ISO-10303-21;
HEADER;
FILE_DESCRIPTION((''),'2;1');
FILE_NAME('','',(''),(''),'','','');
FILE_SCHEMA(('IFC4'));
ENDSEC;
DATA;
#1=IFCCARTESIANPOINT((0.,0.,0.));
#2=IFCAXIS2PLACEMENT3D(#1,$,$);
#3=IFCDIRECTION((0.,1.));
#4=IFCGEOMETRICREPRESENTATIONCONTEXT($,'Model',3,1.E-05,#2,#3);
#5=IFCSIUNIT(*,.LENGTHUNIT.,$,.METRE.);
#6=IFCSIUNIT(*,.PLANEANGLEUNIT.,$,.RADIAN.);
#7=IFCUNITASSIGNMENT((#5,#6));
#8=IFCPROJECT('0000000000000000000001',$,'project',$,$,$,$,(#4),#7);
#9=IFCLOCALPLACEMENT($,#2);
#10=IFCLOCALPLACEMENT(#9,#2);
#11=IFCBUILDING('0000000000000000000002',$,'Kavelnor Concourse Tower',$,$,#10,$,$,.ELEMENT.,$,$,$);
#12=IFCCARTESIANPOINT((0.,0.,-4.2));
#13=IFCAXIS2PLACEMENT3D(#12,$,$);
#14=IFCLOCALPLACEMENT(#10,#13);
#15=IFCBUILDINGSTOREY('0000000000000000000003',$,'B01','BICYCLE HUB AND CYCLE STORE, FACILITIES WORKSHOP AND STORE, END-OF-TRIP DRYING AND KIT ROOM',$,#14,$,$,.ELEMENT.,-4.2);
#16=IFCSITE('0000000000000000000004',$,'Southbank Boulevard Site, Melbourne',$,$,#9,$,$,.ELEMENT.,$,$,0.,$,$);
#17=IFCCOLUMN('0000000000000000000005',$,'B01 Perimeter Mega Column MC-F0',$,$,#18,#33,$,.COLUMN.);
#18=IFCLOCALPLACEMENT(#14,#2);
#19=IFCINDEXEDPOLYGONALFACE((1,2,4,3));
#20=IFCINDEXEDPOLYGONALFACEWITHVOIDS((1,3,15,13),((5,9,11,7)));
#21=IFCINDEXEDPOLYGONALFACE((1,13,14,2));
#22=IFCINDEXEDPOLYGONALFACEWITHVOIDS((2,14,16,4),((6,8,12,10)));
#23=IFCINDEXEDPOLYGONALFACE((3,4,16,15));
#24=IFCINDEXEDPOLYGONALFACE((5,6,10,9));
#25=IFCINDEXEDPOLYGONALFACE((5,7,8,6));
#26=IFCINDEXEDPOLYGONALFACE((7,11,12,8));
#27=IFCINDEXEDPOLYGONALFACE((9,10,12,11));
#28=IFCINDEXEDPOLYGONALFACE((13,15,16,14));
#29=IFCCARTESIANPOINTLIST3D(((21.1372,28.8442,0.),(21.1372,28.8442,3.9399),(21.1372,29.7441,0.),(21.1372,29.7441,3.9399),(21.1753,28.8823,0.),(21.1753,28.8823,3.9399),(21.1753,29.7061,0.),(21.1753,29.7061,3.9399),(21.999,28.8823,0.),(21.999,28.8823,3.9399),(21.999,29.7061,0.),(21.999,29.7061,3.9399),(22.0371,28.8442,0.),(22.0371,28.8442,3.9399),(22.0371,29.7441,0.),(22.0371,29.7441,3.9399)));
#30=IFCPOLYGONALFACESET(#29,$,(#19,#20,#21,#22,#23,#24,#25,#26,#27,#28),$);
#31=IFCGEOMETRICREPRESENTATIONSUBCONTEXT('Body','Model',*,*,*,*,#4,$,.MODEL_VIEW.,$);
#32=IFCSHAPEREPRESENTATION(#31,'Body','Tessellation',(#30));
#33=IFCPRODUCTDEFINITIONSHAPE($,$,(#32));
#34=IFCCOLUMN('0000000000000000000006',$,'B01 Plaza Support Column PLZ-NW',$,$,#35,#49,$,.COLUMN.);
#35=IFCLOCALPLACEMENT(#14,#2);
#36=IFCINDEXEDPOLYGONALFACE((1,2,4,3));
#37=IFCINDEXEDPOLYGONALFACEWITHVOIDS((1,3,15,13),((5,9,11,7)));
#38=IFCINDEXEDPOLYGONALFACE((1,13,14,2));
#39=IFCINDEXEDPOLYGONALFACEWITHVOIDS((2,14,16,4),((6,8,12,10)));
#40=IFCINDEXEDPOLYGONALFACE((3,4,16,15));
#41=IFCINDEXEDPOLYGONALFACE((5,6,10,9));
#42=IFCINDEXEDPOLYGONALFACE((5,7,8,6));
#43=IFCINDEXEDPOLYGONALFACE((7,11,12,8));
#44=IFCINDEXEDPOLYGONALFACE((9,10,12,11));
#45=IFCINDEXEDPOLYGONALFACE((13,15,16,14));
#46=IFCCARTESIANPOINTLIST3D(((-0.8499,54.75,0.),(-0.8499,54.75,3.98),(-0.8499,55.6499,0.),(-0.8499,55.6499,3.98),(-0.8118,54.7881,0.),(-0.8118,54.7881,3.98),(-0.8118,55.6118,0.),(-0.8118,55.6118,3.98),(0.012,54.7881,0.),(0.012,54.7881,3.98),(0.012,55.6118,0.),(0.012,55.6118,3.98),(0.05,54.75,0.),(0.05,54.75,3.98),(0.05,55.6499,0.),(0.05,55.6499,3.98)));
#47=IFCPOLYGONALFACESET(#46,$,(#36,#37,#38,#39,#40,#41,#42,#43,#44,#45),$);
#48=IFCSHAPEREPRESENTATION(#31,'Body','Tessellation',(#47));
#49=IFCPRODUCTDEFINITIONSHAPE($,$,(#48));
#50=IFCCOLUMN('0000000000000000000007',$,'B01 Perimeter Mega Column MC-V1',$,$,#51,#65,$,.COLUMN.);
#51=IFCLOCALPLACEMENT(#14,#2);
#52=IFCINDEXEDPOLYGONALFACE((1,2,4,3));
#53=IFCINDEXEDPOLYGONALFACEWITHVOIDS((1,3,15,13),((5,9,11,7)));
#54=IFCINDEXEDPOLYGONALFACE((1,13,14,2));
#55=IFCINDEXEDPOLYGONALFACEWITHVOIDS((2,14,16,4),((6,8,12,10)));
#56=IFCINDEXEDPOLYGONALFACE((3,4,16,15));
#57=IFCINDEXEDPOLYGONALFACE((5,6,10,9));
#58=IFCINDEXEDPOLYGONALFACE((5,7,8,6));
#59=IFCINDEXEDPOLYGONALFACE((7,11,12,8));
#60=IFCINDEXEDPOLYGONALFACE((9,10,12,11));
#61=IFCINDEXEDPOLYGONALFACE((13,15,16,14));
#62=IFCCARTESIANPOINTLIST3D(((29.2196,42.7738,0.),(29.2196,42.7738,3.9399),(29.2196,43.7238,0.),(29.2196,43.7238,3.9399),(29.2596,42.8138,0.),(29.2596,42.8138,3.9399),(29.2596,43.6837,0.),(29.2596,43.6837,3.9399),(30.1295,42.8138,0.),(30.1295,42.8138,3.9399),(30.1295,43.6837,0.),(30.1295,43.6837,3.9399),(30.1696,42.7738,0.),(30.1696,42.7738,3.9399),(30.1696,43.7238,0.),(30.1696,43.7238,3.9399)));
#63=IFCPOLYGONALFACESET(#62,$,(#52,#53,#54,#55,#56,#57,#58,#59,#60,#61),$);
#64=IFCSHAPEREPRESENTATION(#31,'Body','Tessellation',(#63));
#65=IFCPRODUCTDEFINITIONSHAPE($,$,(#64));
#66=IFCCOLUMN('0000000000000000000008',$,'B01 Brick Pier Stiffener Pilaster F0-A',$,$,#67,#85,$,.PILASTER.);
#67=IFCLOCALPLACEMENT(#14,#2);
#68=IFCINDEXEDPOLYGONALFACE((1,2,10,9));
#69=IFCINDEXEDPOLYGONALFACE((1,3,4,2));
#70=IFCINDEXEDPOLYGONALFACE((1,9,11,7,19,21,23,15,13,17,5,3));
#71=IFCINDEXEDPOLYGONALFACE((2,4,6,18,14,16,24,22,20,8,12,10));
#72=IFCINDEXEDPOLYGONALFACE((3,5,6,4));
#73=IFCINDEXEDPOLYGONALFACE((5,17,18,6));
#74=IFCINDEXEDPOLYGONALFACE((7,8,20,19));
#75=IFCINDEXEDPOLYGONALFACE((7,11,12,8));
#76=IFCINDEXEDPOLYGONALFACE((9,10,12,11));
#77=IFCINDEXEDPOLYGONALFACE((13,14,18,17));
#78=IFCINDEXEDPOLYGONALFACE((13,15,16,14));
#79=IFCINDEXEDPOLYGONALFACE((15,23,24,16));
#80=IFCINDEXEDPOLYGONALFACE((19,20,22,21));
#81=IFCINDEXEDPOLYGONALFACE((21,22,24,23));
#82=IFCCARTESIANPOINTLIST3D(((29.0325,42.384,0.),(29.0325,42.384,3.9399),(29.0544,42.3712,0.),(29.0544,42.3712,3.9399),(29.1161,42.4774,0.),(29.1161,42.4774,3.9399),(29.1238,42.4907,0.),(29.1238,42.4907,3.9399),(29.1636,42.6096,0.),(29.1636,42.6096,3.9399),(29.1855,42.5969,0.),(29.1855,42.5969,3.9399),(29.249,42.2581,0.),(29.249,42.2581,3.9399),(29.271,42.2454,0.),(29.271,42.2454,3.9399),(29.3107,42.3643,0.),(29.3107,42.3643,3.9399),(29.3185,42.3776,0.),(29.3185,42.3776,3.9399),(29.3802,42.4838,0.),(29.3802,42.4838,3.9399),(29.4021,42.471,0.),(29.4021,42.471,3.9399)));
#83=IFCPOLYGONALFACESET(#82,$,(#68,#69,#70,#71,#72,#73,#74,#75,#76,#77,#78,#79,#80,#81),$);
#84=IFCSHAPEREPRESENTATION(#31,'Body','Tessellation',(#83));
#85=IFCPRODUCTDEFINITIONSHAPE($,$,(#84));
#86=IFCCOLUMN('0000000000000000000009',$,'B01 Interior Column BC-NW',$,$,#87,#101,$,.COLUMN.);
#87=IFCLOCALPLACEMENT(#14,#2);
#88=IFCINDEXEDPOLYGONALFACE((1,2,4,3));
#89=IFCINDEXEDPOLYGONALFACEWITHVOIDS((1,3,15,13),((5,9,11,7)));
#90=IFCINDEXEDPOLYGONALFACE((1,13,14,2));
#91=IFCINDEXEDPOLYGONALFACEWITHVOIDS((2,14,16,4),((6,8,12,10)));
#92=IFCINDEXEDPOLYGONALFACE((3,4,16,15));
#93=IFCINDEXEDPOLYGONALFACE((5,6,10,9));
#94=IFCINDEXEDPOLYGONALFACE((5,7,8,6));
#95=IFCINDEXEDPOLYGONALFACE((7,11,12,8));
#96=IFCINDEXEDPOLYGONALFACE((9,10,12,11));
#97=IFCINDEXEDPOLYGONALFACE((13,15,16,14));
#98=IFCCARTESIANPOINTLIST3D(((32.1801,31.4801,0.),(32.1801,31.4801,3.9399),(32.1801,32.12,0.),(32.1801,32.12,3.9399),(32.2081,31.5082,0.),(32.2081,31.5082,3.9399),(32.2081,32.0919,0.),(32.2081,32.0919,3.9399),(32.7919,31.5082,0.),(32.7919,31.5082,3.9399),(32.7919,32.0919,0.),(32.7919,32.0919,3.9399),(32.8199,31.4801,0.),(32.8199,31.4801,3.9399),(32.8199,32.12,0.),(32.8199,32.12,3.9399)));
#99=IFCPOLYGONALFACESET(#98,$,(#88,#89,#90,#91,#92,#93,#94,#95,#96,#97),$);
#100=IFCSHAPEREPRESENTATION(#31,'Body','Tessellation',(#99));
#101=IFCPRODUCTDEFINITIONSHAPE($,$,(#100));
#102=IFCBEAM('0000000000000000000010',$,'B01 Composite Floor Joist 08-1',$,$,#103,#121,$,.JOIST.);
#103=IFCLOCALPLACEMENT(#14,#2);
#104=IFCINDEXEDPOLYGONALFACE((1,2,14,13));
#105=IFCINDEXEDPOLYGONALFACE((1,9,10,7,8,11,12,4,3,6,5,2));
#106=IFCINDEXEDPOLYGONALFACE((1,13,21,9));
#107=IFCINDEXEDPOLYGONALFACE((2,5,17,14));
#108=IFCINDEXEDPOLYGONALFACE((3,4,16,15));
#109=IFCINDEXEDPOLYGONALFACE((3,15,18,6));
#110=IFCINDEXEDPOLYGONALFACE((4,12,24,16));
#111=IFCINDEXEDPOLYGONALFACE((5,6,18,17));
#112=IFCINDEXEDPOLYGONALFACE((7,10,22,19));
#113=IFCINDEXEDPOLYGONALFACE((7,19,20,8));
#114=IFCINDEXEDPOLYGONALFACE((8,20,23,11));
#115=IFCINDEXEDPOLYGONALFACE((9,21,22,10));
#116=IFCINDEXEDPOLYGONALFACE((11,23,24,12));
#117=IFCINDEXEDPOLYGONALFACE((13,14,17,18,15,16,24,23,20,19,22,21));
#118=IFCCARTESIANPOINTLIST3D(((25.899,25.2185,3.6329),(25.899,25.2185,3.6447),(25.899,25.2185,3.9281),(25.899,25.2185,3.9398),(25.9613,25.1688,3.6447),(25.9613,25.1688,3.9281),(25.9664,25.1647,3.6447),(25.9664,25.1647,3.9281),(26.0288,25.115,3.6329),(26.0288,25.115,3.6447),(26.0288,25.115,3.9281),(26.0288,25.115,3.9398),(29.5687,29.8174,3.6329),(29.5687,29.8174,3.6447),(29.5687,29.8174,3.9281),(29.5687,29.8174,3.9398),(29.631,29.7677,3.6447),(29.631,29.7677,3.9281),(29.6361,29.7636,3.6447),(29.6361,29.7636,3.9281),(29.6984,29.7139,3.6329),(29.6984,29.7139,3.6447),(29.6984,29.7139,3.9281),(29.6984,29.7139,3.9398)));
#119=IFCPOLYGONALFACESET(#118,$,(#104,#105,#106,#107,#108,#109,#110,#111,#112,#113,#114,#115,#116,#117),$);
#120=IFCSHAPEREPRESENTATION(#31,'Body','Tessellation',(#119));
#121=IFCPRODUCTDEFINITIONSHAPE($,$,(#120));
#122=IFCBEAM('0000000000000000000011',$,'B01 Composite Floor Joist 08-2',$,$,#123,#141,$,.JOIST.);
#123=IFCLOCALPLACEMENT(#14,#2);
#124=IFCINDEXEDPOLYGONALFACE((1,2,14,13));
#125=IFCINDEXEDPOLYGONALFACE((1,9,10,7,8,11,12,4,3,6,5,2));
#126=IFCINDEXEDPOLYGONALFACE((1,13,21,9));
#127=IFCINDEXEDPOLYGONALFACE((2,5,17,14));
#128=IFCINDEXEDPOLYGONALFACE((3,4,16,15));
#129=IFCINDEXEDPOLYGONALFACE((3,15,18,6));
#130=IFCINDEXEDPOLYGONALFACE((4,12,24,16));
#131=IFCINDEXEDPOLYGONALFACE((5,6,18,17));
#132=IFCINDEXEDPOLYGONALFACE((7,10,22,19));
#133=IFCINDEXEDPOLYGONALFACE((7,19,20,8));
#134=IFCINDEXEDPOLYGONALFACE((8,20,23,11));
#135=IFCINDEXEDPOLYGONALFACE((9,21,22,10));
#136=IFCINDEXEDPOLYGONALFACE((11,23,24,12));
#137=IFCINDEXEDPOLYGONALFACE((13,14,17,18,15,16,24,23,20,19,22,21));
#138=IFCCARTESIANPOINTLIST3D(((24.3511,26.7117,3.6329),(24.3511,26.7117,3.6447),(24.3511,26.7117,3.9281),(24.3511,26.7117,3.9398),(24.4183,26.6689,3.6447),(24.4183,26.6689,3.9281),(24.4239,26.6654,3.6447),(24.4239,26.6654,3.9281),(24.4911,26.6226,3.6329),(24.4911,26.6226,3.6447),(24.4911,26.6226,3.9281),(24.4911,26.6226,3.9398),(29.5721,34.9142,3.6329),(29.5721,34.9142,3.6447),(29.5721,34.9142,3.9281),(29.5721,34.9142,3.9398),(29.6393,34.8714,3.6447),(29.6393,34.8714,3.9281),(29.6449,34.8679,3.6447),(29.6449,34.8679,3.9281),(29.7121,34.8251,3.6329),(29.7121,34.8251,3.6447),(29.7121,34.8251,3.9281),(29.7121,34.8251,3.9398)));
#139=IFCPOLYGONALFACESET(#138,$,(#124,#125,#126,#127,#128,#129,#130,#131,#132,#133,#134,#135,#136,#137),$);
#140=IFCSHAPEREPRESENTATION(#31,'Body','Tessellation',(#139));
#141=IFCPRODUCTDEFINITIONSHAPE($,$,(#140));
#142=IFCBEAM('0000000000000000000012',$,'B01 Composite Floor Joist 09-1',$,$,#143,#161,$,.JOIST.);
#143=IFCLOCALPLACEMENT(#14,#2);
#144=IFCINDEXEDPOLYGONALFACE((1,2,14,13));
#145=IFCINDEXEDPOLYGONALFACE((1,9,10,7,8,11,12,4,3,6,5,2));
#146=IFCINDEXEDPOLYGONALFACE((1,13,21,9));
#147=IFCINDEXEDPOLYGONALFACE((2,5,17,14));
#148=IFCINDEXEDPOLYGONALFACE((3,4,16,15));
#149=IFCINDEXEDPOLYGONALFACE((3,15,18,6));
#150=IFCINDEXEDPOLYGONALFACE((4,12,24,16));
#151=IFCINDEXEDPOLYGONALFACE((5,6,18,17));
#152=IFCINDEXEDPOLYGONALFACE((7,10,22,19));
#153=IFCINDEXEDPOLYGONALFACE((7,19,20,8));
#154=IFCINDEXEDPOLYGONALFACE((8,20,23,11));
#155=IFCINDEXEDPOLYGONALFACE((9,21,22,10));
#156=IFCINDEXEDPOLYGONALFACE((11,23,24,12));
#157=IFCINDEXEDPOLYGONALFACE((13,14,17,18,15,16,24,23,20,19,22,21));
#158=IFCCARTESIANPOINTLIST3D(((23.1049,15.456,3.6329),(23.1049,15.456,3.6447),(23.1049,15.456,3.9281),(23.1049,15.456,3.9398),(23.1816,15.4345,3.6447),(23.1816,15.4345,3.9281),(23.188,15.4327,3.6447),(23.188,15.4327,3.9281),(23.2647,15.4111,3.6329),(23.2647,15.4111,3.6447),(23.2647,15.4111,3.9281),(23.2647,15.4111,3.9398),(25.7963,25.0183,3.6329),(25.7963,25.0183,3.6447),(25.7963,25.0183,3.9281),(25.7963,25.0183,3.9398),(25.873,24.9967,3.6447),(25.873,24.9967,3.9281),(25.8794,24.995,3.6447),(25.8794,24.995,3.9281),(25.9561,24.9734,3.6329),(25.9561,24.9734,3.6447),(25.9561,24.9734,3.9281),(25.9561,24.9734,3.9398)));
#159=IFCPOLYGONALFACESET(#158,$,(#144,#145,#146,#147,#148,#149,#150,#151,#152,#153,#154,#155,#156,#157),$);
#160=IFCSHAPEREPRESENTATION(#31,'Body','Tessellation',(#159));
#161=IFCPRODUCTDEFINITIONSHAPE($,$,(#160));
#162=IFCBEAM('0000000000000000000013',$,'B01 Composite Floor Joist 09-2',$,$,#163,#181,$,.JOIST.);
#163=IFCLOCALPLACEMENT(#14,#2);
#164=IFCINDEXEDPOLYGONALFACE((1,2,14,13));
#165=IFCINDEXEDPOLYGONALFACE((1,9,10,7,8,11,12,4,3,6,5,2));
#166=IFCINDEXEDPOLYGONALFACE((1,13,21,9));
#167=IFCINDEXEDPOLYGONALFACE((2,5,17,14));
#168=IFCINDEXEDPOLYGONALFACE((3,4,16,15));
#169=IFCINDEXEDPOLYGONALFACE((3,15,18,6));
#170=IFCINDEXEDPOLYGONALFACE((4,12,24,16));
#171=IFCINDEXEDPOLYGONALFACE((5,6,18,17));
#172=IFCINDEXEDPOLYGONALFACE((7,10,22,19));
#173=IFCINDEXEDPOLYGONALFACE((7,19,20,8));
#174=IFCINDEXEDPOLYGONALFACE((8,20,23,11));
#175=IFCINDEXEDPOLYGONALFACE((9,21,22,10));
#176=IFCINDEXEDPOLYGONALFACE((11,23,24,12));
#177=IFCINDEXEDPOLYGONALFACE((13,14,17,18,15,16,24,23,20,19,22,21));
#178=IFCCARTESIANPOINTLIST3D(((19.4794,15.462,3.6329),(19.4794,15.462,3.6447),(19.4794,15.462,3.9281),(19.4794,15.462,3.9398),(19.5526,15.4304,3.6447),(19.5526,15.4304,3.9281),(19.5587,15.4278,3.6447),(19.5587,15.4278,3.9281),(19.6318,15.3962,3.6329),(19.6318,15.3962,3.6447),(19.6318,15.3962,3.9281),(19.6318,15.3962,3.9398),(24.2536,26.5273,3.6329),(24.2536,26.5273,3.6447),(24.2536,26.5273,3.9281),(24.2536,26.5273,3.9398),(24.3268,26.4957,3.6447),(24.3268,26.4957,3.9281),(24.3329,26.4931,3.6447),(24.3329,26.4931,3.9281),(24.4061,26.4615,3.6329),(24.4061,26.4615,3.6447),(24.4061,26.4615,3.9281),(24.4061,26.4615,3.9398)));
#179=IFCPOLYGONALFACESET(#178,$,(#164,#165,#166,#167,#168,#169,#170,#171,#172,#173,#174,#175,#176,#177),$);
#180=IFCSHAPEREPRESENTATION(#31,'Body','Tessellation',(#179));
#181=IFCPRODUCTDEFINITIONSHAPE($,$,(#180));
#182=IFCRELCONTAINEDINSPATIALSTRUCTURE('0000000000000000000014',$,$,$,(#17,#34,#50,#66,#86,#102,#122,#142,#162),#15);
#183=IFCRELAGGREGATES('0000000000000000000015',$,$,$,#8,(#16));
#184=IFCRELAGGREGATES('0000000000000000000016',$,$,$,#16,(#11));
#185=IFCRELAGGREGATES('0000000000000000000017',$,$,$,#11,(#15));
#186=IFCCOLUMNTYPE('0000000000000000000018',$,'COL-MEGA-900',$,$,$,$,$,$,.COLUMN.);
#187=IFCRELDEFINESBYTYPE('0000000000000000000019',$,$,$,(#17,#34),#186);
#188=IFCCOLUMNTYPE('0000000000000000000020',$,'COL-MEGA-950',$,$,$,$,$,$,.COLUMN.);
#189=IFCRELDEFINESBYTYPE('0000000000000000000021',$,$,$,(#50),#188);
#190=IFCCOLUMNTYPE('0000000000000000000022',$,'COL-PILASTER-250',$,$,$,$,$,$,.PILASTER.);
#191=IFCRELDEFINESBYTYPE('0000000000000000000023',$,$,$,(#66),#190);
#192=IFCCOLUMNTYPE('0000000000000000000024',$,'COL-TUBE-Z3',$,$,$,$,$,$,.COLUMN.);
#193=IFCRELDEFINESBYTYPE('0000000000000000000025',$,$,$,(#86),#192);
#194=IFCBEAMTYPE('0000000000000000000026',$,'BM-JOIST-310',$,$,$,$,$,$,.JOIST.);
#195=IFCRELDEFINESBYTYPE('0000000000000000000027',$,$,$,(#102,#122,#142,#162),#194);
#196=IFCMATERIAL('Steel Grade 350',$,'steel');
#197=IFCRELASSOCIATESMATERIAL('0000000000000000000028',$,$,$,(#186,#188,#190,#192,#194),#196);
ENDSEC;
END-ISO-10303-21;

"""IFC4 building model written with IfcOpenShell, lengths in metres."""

from ifc_helpers import new_model, si_unit, direction, frame, origin, origin_2d, place, context, subcontext, project, spatial, hollow_rectangle, i_section, extrude, material, material_profile, profile_set, type_object, element, save


model = new_model("IFC4")

# Units and contexts
model_context = context("Model", 3, precision=1e-05, world=origin(), true_north=direction((0.0, 1.0)))
body_context = subcontext(model_context, "Body", "Model", "MODEL_VIEW")
ifc_project = project(units=[si_unit("LENGTHUNIT", "METRE"), si_unit("PLANEANGLEUNIT", "RADIAN")], contexts=[model_context])

# Site, building, storey
site_placement = place(None, origin())
site = spatial("IfcSite", under=ifc_project, at=site_placement, Name="Southbank Boulevard Site, Melbourne", CompositionType="ELEMENT", RefElevation=0.0)
building_placement = place(site_placement, origin())
building = spatial("IfcBuilding", under=site, at=building_placement, Name="Kavelnor Concourse Tower", CompositionType="ELEMENT")
storey_placement = place(building_placement, frame((0.0, 0.0, -4.2)))
storey = spatial("IfcBuildingStorey", under=building, at=storey_placement, Name="B01", Description="BICYCLE HUB AND CYCLE STORE, FACILITIES WORKSHOP AND STORE, END-OF-TRIP DRYING AND KIT ROOM", CompositionType="ELEMENT", Elevation=-4.2)

# Columns
ifc_material_1 = material(Name="Steel Grade 350", Category="steel")
ifc_material_profile_1 = material_profile(ifc_material_1, hollow_rectangle(XDim=0.8999, YDim=0.8999, WallThickness=0.0381, at=origin_2d()), Name="SHS 900x900x38")
ifc_profile_set_1 = profile_set([ifc_material_profile_1], Name="Steel Grade 350")
column_type_1 = type_object("IfcColumnType", Name="COL-MEGA-900", PredefinedType="COLUMN", material=ifc_profile_set_1)
column_1_placement = place(storey_placement, frame((21.5872, 29.2942, 0.0), z_axis=(0.0, 0.0, 1.0), x_axis=(1.0, 0.0, 0.0)))
element("IfcColumn", 1, at=column_1_placement, inside=storey, type_object=column_type_1, Name="B01 Perimeter Mega Column MC-F0", PredefinedType="COLUMN", context=body_context, shape_type="SweptSolid", body=[
    extrude(hollow_rectangle(XDim=0.8999, YDim=0.8999, WallThickness=0.0381, at=origin_2d()), origin(), (0.0, 0.0, 1.0), 3.9399),
])
column_2_placement = place(storey_placement, frame((-0.3999, 55.2, 0.0), z_axis=(0.0, 0.0, 1.0), x_axis=(1.0, 0.0, 0.0)))
element("IfcColumn", 2, at=column_2_placement, inside=storey, type_object=column_type_1, Name="B01 Plaza Support Column PLZ-NW", PredefinedType="COLUMN", context=body_context, shape_type="SweptSolid", body=[
    extrude(hollow_rectangle(XDim=0.8999, YDim=0.8999, WallThickness=0.0381, at=origin_2d()), origin(), (0.0, 0.0, 1.0), 3.98),
])
ifc_material_profile_2 = material_profile(ifc_material_1, hollow_rectangle(XDim=0.95, YDim=0.95, WallThickness=0.04, at=origin_2d()), Name="SHS 950x950x40")
ifc_profile_set_2 = profile_set([ifc_material_profile_2], Name="Steel Grade 350")
column_type_2 = type_object("IfcColumnType", Name="COL-MEGA-950", PredefinedType="COLUMN", material=ifc_profile_set_2)
column_3_placement = place(storey_placement, frame((29.6946, 43.2488, 0.0), z_axis=(0.0, 0.0, 1.0), x_axis=(1.0, 0.0, 0.0)))
element("IfcColumn", 3, at=column_3_placement, inside=storey, type_object=column_type_2, Name="B01 Perimeter Mega Column MC-V1", PredefinedType="COLUMN", context=body_context, shape_type="SweptSolid", body=[
    extrude(hollow_rectangle(XDim=0.95, YDim=0.95, WallThickness=0.04, at=origin_2d()), origin(), (0.0, 0.0, 1.0), 3.9399),
])
ifc_material_profile_3 = material_profile(ifc_material_1, i_section(OverallWidth=0.261, OverallDepth=0.2759, WebThickness=0.0154, FlangeThickness=0.0254, at=origin_2d()), Name="UC 254x254x132")
ifc_profile_set_3 = profile_set([ifc_material_profile_3], Name="Steel Grade 350")
column_type_3 = type_object("IfcColumnType", Name="COL-PILASTER-250", PredefinedType="PILASTER", material=ifc_profile_set_3)
column_4_placement = place(storey_placement, frame((29.2173, 42.4275, 0.0), z_axis=(0.0, 0.0, 1.0), x_axis=(-0.502416, -0.864626, 0.0)))
element("IfcColumn", 4, at=column_4_placement, inside=storey, type_object=column_type_3, Name="B01 Brick Pier Stiffener Pilaster F0-A", PredefinedType="PILASTER", context=body_context, shape_type="SweptSolid", body=[
    extrude(i_section(OverallWidth=0.261, OverallDepth=0.2759, WebThickness=0.0154, FlangeThickness=0.0254, at=origin_2d()), origin(), (0.0, 0.0, 1.0), 3.9399),
])
ifc_material_profile_4 = material_profile(ifc_material_1, hollow_rectangle(XDim=0.6399, YDim=0.6399, WallThickness=0.0281, at=origin_2d()), Name="SHS 640x640x28")
ifc_profile_set_4 = profile_set([ifc_material_profile_4], Name="Steel Grade 350")
column_type_4 = type_object("IfcColumnType", Name="COL-TUBE-Z3", PredefinedType="COLUMN", material=ifc_profile_set_4)
column_5_placement = place(storey_placement, frame((32.5, 31.8, 0.0), z_axis=(0.0, 0.0, 1.0), x_axis=(1.0, 0.0, 0.0)))
element("IfcColumn", 5, at=column_5_placement, inside=storey, type_object=column_type_4, Name="B01 Interior Column BC-NW", PredefinedType="COLUMN", context=body_context, shape_type="SweptSolid", body=[
    extrude(hollow_rectangle(XDim=0.6399, YDim=0.6399, WallThickness=0.0281, at=origin_2d()), origin(), (0.0, 0.0, 1.0), 3.9399),
])

# Beams
ifc_material_profile_5 = material_profile(ifc_material_1, i_section(OverallWidth=0.166, OverallDepth=0.3069, WebThickness=0.0066, FlangeThickness=0.0117, at=origin_2d()), Name="310UB46")
ifc_profile_set_5 = profile_set([ifc_material_profile_5], Name="Steel Grade 350")
beam_type_1 = type_object("IfcBeamType", Name="BM-JOIST-310", PredefinedType="JOIST", material=ifc_profile_set_5)
beam_1_placement = place(storey_placement, frame((29.6335, 29.7656, 3.7864), z_axis=(-0.623718, -0.78165, 0.0), x_axis=(0.78165, -0.623718, 0.0)))
element("IfcBeam", 6, at=beam_1_placement, inside=storey, type_object=beam_type_1, Name="B01 Composite Floor Joist 08-1", PredefinedType="JOIST", context=body_context, shape_type="SweptSolid", body=[
    extrude(i_section(OverallWidth=0.166, OverallDepth=0.3069, WebThickness=0.0066, FlangeThickness=0.0117, at=origin_2d()), origin(), (0.0, 0.0, 1.0), 5.8835),
])
beam_2_placement = place(storey_placement, frame((29.6421, 34.8696, 3.7864), z_axis=(-0.536966, -0.843604, 0.0), x_axis=(0.843604, -0.536966, 0.0)))
element("IfcBeam", 7, at=beam_2_placement, inside=storey, type_object=beam_type_1, Name="B01 Composite Floor Joist 08-2", PredefinedType="JOIST", context=body_context, shape_type="SweptSolid", body=[
    extrude(i_section(OverallWidth=0.166, OverallDepth=0.3069, WebThickness=0.0066, FlangeThickness=0.0117, at=origin_2d()), origin(), (0.0, 0.0, 1.0), 9.7231),
])
beam_3_placement = place(storey_placement, frame((25.8762, 24.9958, 3.7864), z_axis=(-0.270934, -0.962598, 0.0), x_axis=(0.962598, -0.270934, 0.0)))
element("IfcBeam", 8, at=beam_3_placement, inside=storey, type_object=beam_type_1, Name="B01 Composite Floor Joist 09-1", PredefinedType="JOIST", context=body_context, shape_type="SweptSolid", body=[
    extrude(i_section(OverallWidth=0.166, OverallDepth=0.3069, WebThickness=0.0066, FlangeThickness=0.0117, at=origin_2d()), origin(), (0.0, 0.0, 1.0), 9.9338),
])
beam_4_placement = place(storey_placement, frame((24.3298, 26.4944, 3.7864), z_axis=(-0.396158, -0.918182, 0.0), x_axis=(0.918182, -0.396158, 0.0)))
element("IfcBeam", 9, at=beam_4_placement, inside=storey, type_object=beam_type_1, Name="B01 Composite Floor Joist 09-2", PredefinedType="JOIST", context=body_context, shape_type="SweptSolid", body=[
    extrude(i_section(OverallWidth=0.166, OverallDepth=0.3069, WebThickness=0.0066, FlangeThickness=0.0117, at=origin_2d()), origin(), (0.0, 0.0, 1.0), 12.0513),
])

save(model, "model.ifc")
